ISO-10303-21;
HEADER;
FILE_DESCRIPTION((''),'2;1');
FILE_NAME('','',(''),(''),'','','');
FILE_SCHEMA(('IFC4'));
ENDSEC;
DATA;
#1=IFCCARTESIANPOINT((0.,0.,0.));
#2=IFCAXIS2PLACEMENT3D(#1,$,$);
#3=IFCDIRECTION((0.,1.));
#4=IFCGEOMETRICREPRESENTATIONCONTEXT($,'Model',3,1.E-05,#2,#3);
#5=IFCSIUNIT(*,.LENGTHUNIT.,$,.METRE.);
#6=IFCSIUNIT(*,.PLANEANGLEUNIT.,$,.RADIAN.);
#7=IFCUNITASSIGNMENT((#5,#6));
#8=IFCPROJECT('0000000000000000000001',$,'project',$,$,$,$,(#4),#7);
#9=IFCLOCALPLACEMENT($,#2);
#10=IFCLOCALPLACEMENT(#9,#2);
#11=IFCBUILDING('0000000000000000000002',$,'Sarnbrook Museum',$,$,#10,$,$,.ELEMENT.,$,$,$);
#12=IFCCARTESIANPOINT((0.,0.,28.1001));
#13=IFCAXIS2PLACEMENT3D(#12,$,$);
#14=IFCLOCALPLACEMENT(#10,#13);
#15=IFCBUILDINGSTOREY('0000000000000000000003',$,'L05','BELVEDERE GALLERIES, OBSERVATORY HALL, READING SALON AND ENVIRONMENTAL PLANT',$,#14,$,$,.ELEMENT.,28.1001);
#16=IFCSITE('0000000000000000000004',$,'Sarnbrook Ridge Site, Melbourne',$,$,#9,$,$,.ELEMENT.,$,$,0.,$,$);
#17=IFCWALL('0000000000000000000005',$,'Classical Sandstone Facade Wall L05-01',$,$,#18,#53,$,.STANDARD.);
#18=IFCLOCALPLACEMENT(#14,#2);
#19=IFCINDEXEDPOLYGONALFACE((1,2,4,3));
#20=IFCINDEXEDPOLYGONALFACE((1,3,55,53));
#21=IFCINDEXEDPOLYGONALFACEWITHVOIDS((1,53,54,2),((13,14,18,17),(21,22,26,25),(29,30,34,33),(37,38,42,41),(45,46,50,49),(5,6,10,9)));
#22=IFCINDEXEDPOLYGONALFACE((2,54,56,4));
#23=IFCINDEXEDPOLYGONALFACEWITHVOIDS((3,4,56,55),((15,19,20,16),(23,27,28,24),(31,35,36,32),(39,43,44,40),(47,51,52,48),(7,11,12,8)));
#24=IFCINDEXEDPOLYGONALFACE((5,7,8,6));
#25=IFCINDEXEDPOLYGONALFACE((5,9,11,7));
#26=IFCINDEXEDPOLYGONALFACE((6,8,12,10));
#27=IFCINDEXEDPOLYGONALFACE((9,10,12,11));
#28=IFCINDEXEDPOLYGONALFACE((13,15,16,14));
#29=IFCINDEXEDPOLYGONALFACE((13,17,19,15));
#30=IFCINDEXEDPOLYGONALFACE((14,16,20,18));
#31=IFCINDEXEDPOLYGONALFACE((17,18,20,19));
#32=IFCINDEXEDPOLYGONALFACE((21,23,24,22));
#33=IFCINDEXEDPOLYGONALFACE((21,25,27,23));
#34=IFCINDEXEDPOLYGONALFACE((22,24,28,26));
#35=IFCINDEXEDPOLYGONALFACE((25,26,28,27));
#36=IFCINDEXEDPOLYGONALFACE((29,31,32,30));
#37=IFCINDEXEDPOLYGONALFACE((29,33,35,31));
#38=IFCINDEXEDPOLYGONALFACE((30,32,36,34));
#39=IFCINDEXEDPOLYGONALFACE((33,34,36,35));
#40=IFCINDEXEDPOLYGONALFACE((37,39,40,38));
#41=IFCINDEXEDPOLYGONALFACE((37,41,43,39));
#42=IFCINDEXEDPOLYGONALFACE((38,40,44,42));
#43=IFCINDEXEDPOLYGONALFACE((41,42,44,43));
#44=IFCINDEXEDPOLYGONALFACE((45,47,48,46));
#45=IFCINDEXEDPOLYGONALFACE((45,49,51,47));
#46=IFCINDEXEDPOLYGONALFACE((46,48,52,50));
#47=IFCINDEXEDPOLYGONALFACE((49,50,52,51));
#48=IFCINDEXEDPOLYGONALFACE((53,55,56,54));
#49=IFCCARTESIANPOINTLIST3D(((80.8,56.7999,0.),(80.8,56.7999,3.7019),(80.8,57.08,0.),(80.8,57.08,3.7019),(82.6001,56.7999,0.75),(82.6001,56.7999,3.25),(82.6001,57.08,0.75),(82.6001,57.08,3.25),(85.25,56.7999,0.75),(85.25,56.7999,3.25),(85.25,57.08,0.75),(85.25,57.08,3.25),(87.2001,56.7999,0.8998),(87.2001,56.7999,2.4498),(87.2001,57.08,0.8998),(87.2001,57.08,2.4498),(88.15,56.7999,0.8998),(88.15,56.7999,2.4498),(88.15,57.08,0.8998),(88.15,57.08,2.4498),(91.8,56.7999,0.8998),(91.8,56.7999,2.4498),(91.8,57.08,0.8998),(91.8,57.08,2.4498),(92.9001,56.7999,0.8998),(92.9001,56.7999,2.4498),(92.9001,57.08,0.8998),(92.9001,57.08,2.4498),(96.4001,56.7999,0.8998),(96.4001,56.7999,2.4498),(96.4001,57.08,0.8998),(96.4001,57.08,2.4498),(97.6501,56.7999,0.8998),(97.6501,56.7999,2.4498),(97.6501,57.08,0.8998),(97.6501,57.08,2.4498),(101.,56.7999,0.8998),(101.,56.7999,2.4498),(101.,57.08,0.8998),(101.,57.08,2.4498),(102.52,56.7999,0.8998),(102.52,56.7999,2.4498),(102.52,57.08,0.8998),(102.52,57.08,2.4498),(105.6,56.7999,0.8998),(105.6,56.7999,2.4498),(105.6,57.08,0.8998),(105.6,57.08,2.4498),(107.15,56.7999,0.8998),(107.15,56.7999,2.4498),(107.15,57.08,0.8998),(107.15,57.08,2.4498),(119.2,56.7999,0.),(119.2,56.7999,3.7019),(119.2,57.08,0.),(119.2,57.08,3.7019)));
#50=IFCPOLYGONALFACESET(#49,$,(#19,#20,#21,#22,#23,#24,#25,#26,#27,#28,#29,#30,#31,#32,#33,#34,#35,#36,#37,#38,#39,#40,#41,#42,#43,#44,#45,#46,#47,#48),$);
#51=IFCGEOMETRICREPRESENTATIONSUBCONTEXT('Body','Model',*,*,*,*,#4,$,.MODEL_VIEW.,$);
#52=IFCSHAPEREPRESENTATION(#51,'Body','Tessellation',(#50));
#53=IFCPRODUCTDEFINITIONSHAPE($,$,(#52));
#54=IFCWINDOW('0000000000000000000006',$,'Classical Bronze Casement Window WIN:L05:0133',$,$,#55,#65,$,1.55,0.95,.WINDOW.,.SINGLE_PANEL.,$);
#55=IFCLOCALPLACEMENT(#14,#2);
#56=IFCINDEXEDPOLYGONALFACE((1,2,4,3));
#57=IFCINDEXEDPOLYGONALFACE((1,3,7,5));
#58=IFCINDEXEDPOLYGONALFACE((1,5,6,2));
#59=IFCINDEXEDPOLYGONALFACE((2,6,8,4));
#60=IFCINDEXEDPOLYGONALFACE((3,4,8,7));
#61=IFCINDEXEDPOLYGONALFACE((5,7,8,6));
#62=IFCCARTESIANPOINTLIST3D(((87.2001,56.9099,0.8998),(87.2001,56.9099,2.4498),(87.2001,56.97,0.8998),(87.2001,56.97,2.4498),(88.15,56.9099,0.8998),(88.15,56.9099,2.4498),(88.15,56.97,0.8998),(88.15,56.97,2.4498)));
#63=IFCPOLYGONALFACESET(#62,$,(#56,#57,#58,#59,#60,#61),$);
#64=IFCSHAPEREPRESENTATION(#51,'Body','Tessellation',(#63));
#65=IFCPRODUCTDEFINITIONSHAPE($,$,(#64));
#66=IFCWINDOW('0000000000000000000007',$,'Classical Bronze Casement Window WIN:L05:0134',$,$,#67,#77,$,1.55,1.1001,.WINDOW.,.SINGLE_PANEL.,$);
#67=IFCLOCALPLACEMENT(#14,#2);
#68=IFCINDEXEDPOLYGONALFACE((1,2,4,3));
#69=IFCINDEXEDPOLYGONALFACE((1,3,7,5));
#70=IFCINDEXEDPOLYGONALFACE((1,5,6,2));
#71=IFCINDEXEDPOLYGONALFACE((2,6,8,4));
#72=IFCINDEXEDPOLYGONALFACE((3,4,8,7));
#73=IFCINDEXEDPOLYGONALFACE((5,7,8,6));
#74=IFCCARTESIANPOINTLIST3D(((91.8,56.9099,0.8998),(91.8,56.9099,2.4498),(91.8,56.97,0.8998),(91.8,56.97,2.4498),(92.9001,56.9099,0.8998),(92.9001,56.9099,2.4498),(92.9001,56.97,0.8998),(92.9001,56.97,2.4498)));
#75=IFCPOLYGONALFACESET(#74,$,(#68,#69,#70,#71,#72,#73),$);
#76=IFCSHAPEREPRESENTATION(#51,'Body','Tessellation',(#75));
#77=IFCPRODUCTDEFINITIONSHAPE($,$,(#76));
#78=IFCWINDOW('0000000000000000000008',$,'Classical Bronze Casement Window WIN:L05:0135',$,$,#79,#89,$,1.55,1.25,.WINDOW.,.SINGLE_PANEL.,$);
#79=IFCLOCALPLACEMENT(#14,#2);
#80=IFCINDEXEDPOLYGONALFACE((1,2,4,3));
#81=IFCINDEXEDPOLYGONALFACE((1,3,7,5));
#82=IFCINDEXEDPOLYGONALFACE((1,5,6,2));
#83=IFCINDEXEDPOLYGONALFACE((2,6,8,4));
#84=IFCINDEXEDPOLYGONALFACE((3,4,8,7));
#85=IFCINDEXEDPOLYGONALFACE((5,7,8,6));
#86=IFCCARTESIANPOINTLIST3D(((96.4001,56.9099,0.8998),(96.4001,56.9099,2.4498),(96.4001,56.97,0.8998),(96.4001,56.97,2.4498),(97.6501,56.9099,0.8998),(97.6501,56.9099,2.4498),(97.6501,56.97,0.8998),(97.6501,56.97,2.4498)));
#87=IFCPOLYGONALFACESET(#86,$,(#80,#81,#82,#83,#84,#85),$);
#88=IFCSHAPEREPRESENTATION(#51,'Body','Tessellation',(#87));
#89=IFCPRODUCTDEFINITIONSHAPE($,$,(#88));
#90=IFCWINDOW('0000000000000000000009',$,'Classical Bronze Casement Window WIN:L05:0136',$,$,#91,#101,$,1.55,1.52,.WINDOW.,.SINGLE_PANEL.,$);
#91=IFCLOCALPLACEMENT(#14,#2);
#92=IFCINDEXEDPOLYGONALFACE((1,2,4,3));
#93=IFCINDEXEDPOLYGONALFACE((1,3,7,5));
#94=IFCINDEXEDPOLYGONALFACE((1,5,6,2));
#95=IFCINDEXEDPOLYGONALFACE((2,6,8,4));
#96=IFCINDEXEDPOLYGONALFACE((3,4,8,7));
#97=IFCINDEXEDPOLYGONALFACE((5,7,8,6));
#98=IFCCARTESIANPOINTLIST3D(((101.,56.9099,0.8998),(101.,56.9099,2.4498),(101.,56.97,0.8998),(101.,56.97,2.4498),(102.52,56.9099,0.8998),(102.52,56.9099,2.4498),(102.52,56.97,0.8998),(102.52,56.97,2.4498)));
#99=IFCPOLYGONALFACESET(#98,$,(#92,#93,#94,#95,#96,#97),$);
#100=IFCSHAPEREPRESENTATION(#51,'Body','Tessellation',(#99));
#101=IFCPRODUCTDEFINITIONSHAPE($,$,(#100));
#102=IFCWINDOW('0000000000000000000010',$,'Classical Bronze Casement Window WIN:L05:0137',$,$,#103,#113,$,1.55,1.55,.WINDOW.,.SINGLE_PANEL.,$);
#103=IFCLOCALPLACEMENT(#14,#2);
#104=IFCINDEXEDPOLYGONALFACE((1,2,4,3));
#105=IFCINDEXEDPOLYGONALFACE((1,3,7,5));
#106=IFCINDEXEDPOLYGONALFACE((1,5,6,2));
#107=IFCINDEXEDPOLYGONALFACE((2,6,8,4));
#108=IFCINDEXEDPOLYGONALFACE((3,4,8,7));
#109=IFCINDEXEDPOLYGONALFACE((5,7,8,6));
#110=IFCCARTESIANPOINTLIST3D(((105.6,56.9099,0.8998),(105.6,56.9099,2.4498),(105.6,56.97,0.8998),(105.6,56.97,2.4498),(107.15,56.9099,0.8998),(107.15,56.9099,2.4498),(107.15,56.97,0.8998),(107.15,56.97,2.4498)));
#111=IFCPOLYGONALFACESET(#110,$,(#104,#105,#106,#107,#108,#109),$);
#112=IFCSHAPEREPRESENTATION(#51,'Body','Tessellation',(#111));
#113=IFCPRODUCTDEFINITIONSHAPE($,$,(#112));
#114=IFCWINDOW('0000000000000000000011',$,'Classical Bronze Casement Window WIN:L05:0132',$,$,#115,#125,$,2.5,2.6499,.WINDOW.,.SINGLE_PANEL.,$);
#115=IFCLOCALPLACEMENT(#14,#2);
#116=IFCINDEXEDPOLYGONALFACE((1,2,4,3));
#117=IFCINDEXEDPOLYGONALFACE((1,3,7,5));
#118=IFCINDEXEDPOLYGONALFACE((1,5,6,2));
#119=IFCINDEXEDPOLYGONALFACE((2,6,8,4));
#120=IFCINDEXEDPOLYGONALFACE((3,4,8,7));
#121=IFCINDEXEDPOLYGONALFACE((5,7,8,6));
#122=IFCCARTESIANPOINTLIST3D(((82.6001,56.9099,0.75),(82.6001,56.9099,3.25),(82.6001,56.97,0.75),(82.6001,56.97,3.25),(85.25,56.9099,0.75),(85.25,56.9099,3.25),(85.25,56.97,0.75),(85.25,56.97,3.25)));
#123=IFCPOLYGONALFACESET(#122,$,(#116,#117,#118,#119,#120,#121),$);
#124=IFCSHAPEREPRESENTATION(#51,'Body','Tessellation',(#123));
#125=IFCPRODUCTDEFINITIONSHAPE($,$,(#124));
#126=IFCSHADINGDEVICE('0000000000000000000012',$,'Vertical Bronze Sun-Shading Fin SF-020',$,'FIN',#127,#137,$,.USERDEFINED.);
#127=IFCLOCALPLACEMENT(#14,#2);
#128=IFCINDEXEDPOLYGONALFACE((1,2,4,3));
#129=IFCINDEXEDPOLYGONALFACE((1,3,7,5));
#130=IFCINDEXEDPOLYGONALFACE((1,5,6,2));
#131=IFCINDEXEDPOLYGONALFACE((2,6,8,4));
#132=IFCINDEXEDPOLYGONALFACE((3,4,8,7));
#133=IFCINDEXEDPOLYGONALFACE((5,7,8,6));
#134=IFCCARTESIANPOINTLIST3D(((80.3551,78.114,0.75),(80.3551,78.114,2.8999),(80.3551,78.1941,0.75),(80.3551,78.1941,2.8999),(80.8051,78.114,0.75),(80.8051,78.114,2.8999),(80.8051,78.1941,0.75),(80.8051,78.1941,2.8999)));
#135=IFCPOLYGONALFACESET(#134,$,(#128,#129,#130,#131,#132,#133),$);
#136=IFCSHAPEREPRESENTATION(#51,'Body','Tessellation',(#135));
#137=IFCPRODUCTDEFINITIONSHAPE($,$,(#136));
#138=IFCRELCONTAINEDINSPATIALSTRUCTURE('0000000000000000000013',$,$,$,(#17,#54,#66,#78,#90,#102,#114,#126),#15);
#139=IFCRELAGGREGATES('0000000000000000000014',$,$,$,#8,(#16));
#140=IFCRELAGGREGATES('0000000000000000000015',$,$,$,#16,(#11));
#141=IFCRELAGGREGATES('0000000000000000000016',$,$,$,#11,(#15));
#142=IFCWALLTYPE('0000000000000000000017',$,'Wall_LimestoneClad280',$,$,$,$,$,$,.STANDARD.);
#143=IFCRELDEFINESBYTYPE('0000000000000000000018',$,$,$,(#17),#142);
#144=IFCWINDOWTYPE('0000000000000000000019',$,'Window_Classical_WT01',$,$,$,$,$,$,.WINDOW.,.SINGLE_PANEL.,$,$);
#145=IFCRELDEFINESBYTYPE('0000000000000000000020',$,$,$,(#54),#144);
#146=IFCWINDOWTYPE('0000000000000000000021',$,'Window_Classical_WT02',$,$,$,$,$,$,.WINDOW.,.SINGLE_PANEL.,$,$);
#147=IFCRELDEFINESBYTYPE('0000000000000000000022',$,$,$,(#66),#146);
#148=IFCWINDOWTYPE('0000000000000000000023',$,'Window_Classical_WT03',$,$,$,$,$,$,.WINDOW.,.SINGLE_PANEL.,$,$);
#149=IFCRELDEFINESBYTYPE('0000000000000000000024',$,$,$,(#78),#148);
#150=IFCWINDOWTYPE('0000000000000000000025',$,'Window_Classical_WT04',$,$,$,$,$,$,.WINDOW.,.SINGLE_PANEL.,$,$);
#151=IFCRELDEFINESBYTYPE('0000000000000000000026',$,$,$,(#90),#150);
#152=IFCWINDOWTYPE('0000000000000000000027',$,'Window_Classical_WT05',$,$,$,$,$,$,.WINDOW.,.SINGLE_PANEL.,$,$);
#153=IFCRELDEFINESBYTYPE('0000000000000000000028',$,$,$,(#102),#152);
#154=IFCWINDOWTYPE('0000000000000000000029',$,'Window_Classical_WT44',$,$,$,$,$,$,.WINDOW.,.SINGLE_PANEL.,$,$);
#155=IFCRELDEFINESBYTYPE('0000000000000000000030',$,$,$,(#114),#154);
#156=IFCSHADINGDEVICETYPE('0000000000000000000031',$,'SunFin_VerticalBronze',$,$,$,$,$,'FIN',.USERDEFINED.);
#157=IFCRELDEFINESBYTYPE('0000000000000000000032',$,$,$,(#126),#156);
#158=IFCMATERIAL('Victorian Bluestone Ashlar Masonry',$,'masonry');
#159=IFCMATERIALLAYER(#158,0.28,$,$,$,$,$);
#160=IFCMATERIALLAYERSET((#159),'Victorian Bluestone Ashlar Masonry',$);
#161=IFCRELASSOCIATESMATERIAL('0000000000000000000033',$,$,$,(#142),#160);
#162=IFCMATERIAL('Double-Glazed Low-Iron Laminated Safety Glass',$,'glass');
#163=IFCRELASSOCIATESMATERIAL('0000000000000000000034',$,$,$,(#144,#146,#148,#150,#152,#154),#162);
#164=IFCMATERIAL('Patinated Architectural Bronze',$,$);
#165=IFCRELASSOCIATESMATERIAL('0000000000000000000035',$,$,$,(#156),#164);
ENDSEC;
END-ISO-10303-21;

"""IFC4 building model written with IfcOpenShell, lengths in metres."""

from ifc_helpers import new_model, si_unit, direction, frame, frame_2d, origin, origin_2d, place, context, subcontext, project, spatial, rectangle, extrude, material, layer, layer_set, type_object, element, fill, save


model = new_model("IFC4")

# Units and contexts
model_context = context("Model", 3, precision=1e-05, world=origin(), true_north=direction((0.0, 1.0)))
body_context = subcontext(model_context, "Body", "Model", "MODEL_VIEW")
ifc_project = project(units=[si_unit("LENGTHUNIT", "METRE"), si_unit("PLANEANGLEUNIT", "RADIAN")], contexts=[model_context])

# Site, building, storey
site_placement = place(None, origin())
site = spatial("IfcSite", under=ifc_project, at=site_placement, Name="Sarnbrook Ridge Site, Melbourne", CompositionType="ELEMENT", RefElevation=0.0)
building_placement = place(site_placement, origin())
building = spatial("IfcBuilding", under=site, at=building_placement, Name="Sarnbrook Museum", CompositionType="ELEMENT")
storey_placement = place(building_placement, frame((0.0, 0.0, 28.1001)))
storey = spatial("IfcBuildingStorey", under=building, at=storey_placement, Name="L05", Description="BELVEDERE GALLERIES, OBSERVATORY HALL, READING SALON AND ENVIRONMENTAL PLANT", CompositionType="ELEMENT", Elevation=28.1001)

# Wall, openings, windows
ifc_material_1 = material(Name="Victorian Bluestone Ashlar Masonry", Category="masonry")
ifc_layer_1 = layer(ifc_material_1, 0.28)
ifc_layer_set_1 = layer_set([ifc_layer_1], Name="Victorian Bluestone Ashlar Masonry")
wall_type = type_object("IfcWallType", Name="Wall_LimestoneClad280", PredefinedType="STANDARD", material=ifc_layer_set_1)
wall_placement = place(storey_placement, frame((80.8, 56.9399, 0.0), z_axis=(0.0, 0.0, 1.0), x_axis=(1.0, 0.0, 0.0)))
wall = element("IfcWall", 1, at=wall_placement, inside=storey, type_object=wall_type, Name="Classical Sandstone Facade Wall L05-01", PredefinedType="STANDARD", context=body_context, shape_type="SweptSolid", body=[
    extrude(rectangle(XDim=38.3999, YDim=0.28, at=frame_2d((19.2, 0.0))), origin(), (0.0, 0.0, 1.0), 3.7019),
])
opening_1_placement = place(wall_placement, frame((1.8, 0.0, 0.75)))
opening_1 = element("IfcOpeningElement", 2, at=opening_1_placement, cuts=wall, PredefinedType="OPENING", context=body_context, shape_type="SweptSolid", body=[
    extrude(rectangle(XDim=2.6499, YDim=2.5, at=frame_2d((1.325, 1.25))), frame((0.0, 0.1499, 0.0), z_axis=(0.0, -1.0, 0.0), x_axis=(1.0, 0.0, 0.0)), (0.0, 0.0, 1.0), 0.3),
])
opening_2_placement = place(wall_placement, frame((6.3999, 0.0, 0.8999)))
opening_2 = element("IfcOpeningElement", 3, at=opening_2_placement, cuts=wall, PredefinedType="OPENING", context=body_context, shape_type="SweptSolid", body=[
    extrude(rectangle(XDim=0.95, YDim=1.55, at=frame_2d((0.4751, 0.7749))), frame((0.0, 0.1499, 0.0), z_axis=(0.0, -1.0, 0.0), x_axis=(1.0, 0.0, 0.0)), (0.0, 0.0, 1.0), 0.3),
])
opening_3_placement = place(wall_placement, frame((11.0, 0.0, 0.8999)))
opening_3 = element("IfcOpeningElement", 4, at=opening_3_placement, cuts=wall, PredefinedType="OPENING", context=body_context, shape_type="SweptSolid", body=[
    extrude(rectangle(XDim=1.1001, YDim=1.55, at=frame_2d((0.55, 0.7749))), frame((0.0, 0.1499, 0.0), z_axis=(0.0, -1.0, 0.0), x_axis=(1.0, 0.0, 0.0)), (0.0, 0.0, 1.0), 0.3),
])
opening_4_placement = place(wall_placement, frame((15.6001, 0.0, 0.8999)))
opening_4 = element("IfcOpeningElement", 5, at=opening_4_placement, cuts=wall, PredefinedType="OPENING", context=body_context, shape_type="SweptSolid", body=[
    extrude(rectangle(XDim=1.25, YDim=1.55, at=frame_2d((0.625, 0.7749))), frame((0.0, 0.1499, 0.0), z_axis=(0.0, -1.0, 0.0), x_axis=(1.0, 0.0, 0.0)), (0.0, 0.0, 1.0), 0.3),
])
opening_5_placement = place(wall_placement, frame((20.2, 0.0, 0.8999)))
opening_5 = element("IfcOpeningElement", 6, at=opening_5_placement, cuts=wall, PredefinedType="OPENING", context=body_context, shape_type="SweptSolid", body=[
    extrude(rectangle(XDim=1.52, YDim=1.55, at=frame_2d((0.76, 0.7749))), frame((0.0, 0.1499, 0.0), z_axis=(0.0, -1.0, 0.0), x_axis=(1.0, 0.0, 0.0)), (0.0, 0.0, 1.0), 0.3),
])
opening_6_placement = place(wall_placement, frame((24.8, 0.0, 0.8999)))
opening_6 = element("IfcOpeningElement", 7, at=opening_6_placement, cuts=wall, PredefinedType="OPENING", context=body_context, shape_type="SweptSolid", body=[
    extrude(rectangle(XDim=1.55, YDim=1.55, at=frame_2d((0.7749, 0.7749))), frame((0.0, 0.1499, 0.0), z_axis=(0.0, -1.0, 0.0), x_axis=(1.0, 0.0, 0.0)), (0.0, 0.0, 1.0), 0.3),
])
ifc_material_2 = material(Name="Double-Glazed Low-Iron Laminated Safety Glass", Category="glass")
window_type_1 = type_object("IfcWindowType", Name="Window_Classical_WT01", PartitioningType="SINGLE_PANEL", PredefinedType="WINDOW", material=ifc_material_2)
window_1_placement = place(opening_2_placement, origin())
window_1 = element("IfcWindow", 8, at=window_1_placement, inside=storey, type_object=window_type_1, Name="Classical Bronze Casement Window WIN:L05:0133", OverallHeight=1.55, OverallWidth=0.95, PartitioningType="SINGLE_PANEL", PredefinedType="WINDOW", context=body_context, shape_type="SweptSolid", body=[
    extrude(rectangle(XDim=0.95, YDim=1.55, at=frame_2d((0.4751, 0.7749))), frame((0.0, 0.03, 0.0), z_axis=(0.0, -1.0, 0.0), x_axis=(1.0, 0.0, 0.0)), (0.0, 0.0, 1.0), 0.0601),
])
fill(opening_2, window_1)
window_type_2 = type_object("IfcWindowType", Name="Window_Classical_WT02", PartitioningType="SINGLE_PANEL", PredefinedType="WINDOW", material=ifc_material_2)
window_2_placement = place(opening_3_placement, origin())
window_2 = element("IfcWindow", 9, at=window_2_placement, inside=storey, type_object=window_type_2, Name="Classical Bronze Casement Window WIN:L05:0134", OverallHeight=1.55, OverallWidth=1.1001, PartitioningType="SINGLE_PANEL", PredefinedType="WINDOW", context=body_context, shape_type="SweptSolid", body=[
    extrude(rectangle(XDim=1.1001, YDim=1.55, at=frame_2d((0.55, 0.7749))), frame((0.0, 0.03, 0.0), z_axis=(0.0, -1.0, 0.0), x_axis=(1.0, 0.0, 0.0)), (0.0, 0.0, 1.0), 0.0601),
])
fill(opening_3, window_2)
window_type_3 = type_object("IfcWindowType", Name="Window_Classical_WT03", PartitioningType="SINGLE_PANEL", PredefinedType="WINDOW", material=ifc_material_2)
window_3_placement = place(opening_4_placement, origin())
window_3 = element("IfcWindow", 10, at=window_3_placement, inside=storey, type_object=window_type_3, Name="Classical Bronze Casement Window WIN:L05:0135", OverallHeight=1.55, OverallWidth=1.25, PartitioningType="SINGLE_PANEL", PredefinedType="WINDOW", context=body_context, shape_type="SweptSolid", body=[
    extrude(rectangle(XDim=1.25, YDim=1.55, at=frame_2d((0.625, 0.7749))), frame((0.0, 0.03, 0.0), z_axis=(0.0, -1.0, 0.0), x_axis=(1.0, 0.0, 0.0)), (0.0, 0.0, 1.0), 0.0601),
])
fill(opening_4, window_3)
window_type_4 = type_object("IfcWindowType", Name="Window_Classical_WT04", PartitioningType="SINGLE_PANEL", PredefinedType="WINDOW", material=ifc_material_2)
window_4_placement = place(opening_5_placement, origin())
window_4 = element("IfcWindow", 11, at=window_4_placement, inside=storey, type_object=window_type_4, Name="Classical Bronze Casement Window WIN:L05:0136", OverallHeight=1.55, OverallWidth=1.52, PartitioningType="SINGLE_PANEL", PredefinedType="WINDOW", context=body_context, shape_type="SweptSolid", body=[
    extrude(rectangle(XDim=1.52, YDim=1.55, at=frame_2d((0.76, 0.7749))), frame((0.0, 0.03, 0.0), z_axis=(0.0, -1.0, 0.0), x_axis=(1.0, 0.0, 0.0)), (0.0, 0.0, 1.0), 0.0601),
])
fill(opening_5, window_4)
window_type_5 = type_object("IfcWindowType", Name="Window_Classical_WT05", PartitioningType="SINGLE_PANEL", PredefinedType="WINDOW", material=ifc_material_2)
window_5_placement = place(opening_6_placement, origin())
window_5 = element("IfcWindow", 12, at=window_5_placement, inside=storey, type_object=window_type_5, Name="Classical Bronze Casement Window WIN:L05:0137", OverallHeight=1.55, OverallWidth=1.55, PartitioningType="SINGLE_PANEL", PredefinedType="WINDOW", context=body_context, shape_type="SweptSolid", body=[
    extrude(rectangle(XDim=1.55, YDim=1.55, at=frame_2d((0.7749, 0.7749))), frame((0.0, 0.03, 0.0), z_axis=(0.0, -1.0, 0.0), x_axis=(1.0, 0.0, 0.0)), (0.0, 0.0, 1.0), 0.0601),
])
fill(opening_6, window_5)
window_type_6 = type_object("IfcWindowType", Name="Window_Classical_WT44", PartitioningType="SINGLE_PANEL", PredefinedType="WINDOW", material=ifc_material_2)
window_6_placement = place(opening_1_placement, origin())
window_6 = element("IfcWindow", 13, at=window_6_placement, inside=storey, type_object=window_type_6, Name="Classical Bronze Casement Window WIN:L05:0132", OverallHeight=2.5, OverallWidth=2.6499, PartitioningType="SINGLE_PANEL", PredefinedType="WINDOW", context=body_context, shape_type="SweptSolid", body=[
    extrude(rectangle(XDim=2.6499, YDim=2.5, at=frame_2d((1.325, 1.25))), frame((0.0, 0.03, 0.0), z_axis=(0.0, -1.0, 0.0), x_axis=(1.0, 0.0, 0.0)), (0.0, 0.0, 1.0), 0.0601),
])
fill(opening_1, window_6)

# Shading device
ifc_material_3 = material(Name="Patinated Architectural Bronze")
shading_device_type = type_object("IfcShadingDeviceType", Name="SunFin_VerticalBronze", ElementType="FIN", PredefinedType="USERDEFINED", material=ifc_material_3)
shading_device_placement = place(storey_placement, frame((80.5801, 78.1541, 0.75), z_axis=(0.0, 0.0, 1.0), x_axis=(1.0, 0.0, 0.0)))
element("IfcShadingDevice", 14, at=shading_device_placement, inside=storey, type_object=shading_device_type, Name="Vertical Bronze Sun-Shading Fin SF-020", ObjectType="FIN", PredefinedType="USERDEFINED", context=body_context, shape_type="SweptSolid", body=[
    extrude(rectangle(XDim=0.45, YDim=0.0801, at=origin_2d()), origin(), (0.0, 0.0, 1.0), 2.1499),
])

save(model, "model.ifc")
